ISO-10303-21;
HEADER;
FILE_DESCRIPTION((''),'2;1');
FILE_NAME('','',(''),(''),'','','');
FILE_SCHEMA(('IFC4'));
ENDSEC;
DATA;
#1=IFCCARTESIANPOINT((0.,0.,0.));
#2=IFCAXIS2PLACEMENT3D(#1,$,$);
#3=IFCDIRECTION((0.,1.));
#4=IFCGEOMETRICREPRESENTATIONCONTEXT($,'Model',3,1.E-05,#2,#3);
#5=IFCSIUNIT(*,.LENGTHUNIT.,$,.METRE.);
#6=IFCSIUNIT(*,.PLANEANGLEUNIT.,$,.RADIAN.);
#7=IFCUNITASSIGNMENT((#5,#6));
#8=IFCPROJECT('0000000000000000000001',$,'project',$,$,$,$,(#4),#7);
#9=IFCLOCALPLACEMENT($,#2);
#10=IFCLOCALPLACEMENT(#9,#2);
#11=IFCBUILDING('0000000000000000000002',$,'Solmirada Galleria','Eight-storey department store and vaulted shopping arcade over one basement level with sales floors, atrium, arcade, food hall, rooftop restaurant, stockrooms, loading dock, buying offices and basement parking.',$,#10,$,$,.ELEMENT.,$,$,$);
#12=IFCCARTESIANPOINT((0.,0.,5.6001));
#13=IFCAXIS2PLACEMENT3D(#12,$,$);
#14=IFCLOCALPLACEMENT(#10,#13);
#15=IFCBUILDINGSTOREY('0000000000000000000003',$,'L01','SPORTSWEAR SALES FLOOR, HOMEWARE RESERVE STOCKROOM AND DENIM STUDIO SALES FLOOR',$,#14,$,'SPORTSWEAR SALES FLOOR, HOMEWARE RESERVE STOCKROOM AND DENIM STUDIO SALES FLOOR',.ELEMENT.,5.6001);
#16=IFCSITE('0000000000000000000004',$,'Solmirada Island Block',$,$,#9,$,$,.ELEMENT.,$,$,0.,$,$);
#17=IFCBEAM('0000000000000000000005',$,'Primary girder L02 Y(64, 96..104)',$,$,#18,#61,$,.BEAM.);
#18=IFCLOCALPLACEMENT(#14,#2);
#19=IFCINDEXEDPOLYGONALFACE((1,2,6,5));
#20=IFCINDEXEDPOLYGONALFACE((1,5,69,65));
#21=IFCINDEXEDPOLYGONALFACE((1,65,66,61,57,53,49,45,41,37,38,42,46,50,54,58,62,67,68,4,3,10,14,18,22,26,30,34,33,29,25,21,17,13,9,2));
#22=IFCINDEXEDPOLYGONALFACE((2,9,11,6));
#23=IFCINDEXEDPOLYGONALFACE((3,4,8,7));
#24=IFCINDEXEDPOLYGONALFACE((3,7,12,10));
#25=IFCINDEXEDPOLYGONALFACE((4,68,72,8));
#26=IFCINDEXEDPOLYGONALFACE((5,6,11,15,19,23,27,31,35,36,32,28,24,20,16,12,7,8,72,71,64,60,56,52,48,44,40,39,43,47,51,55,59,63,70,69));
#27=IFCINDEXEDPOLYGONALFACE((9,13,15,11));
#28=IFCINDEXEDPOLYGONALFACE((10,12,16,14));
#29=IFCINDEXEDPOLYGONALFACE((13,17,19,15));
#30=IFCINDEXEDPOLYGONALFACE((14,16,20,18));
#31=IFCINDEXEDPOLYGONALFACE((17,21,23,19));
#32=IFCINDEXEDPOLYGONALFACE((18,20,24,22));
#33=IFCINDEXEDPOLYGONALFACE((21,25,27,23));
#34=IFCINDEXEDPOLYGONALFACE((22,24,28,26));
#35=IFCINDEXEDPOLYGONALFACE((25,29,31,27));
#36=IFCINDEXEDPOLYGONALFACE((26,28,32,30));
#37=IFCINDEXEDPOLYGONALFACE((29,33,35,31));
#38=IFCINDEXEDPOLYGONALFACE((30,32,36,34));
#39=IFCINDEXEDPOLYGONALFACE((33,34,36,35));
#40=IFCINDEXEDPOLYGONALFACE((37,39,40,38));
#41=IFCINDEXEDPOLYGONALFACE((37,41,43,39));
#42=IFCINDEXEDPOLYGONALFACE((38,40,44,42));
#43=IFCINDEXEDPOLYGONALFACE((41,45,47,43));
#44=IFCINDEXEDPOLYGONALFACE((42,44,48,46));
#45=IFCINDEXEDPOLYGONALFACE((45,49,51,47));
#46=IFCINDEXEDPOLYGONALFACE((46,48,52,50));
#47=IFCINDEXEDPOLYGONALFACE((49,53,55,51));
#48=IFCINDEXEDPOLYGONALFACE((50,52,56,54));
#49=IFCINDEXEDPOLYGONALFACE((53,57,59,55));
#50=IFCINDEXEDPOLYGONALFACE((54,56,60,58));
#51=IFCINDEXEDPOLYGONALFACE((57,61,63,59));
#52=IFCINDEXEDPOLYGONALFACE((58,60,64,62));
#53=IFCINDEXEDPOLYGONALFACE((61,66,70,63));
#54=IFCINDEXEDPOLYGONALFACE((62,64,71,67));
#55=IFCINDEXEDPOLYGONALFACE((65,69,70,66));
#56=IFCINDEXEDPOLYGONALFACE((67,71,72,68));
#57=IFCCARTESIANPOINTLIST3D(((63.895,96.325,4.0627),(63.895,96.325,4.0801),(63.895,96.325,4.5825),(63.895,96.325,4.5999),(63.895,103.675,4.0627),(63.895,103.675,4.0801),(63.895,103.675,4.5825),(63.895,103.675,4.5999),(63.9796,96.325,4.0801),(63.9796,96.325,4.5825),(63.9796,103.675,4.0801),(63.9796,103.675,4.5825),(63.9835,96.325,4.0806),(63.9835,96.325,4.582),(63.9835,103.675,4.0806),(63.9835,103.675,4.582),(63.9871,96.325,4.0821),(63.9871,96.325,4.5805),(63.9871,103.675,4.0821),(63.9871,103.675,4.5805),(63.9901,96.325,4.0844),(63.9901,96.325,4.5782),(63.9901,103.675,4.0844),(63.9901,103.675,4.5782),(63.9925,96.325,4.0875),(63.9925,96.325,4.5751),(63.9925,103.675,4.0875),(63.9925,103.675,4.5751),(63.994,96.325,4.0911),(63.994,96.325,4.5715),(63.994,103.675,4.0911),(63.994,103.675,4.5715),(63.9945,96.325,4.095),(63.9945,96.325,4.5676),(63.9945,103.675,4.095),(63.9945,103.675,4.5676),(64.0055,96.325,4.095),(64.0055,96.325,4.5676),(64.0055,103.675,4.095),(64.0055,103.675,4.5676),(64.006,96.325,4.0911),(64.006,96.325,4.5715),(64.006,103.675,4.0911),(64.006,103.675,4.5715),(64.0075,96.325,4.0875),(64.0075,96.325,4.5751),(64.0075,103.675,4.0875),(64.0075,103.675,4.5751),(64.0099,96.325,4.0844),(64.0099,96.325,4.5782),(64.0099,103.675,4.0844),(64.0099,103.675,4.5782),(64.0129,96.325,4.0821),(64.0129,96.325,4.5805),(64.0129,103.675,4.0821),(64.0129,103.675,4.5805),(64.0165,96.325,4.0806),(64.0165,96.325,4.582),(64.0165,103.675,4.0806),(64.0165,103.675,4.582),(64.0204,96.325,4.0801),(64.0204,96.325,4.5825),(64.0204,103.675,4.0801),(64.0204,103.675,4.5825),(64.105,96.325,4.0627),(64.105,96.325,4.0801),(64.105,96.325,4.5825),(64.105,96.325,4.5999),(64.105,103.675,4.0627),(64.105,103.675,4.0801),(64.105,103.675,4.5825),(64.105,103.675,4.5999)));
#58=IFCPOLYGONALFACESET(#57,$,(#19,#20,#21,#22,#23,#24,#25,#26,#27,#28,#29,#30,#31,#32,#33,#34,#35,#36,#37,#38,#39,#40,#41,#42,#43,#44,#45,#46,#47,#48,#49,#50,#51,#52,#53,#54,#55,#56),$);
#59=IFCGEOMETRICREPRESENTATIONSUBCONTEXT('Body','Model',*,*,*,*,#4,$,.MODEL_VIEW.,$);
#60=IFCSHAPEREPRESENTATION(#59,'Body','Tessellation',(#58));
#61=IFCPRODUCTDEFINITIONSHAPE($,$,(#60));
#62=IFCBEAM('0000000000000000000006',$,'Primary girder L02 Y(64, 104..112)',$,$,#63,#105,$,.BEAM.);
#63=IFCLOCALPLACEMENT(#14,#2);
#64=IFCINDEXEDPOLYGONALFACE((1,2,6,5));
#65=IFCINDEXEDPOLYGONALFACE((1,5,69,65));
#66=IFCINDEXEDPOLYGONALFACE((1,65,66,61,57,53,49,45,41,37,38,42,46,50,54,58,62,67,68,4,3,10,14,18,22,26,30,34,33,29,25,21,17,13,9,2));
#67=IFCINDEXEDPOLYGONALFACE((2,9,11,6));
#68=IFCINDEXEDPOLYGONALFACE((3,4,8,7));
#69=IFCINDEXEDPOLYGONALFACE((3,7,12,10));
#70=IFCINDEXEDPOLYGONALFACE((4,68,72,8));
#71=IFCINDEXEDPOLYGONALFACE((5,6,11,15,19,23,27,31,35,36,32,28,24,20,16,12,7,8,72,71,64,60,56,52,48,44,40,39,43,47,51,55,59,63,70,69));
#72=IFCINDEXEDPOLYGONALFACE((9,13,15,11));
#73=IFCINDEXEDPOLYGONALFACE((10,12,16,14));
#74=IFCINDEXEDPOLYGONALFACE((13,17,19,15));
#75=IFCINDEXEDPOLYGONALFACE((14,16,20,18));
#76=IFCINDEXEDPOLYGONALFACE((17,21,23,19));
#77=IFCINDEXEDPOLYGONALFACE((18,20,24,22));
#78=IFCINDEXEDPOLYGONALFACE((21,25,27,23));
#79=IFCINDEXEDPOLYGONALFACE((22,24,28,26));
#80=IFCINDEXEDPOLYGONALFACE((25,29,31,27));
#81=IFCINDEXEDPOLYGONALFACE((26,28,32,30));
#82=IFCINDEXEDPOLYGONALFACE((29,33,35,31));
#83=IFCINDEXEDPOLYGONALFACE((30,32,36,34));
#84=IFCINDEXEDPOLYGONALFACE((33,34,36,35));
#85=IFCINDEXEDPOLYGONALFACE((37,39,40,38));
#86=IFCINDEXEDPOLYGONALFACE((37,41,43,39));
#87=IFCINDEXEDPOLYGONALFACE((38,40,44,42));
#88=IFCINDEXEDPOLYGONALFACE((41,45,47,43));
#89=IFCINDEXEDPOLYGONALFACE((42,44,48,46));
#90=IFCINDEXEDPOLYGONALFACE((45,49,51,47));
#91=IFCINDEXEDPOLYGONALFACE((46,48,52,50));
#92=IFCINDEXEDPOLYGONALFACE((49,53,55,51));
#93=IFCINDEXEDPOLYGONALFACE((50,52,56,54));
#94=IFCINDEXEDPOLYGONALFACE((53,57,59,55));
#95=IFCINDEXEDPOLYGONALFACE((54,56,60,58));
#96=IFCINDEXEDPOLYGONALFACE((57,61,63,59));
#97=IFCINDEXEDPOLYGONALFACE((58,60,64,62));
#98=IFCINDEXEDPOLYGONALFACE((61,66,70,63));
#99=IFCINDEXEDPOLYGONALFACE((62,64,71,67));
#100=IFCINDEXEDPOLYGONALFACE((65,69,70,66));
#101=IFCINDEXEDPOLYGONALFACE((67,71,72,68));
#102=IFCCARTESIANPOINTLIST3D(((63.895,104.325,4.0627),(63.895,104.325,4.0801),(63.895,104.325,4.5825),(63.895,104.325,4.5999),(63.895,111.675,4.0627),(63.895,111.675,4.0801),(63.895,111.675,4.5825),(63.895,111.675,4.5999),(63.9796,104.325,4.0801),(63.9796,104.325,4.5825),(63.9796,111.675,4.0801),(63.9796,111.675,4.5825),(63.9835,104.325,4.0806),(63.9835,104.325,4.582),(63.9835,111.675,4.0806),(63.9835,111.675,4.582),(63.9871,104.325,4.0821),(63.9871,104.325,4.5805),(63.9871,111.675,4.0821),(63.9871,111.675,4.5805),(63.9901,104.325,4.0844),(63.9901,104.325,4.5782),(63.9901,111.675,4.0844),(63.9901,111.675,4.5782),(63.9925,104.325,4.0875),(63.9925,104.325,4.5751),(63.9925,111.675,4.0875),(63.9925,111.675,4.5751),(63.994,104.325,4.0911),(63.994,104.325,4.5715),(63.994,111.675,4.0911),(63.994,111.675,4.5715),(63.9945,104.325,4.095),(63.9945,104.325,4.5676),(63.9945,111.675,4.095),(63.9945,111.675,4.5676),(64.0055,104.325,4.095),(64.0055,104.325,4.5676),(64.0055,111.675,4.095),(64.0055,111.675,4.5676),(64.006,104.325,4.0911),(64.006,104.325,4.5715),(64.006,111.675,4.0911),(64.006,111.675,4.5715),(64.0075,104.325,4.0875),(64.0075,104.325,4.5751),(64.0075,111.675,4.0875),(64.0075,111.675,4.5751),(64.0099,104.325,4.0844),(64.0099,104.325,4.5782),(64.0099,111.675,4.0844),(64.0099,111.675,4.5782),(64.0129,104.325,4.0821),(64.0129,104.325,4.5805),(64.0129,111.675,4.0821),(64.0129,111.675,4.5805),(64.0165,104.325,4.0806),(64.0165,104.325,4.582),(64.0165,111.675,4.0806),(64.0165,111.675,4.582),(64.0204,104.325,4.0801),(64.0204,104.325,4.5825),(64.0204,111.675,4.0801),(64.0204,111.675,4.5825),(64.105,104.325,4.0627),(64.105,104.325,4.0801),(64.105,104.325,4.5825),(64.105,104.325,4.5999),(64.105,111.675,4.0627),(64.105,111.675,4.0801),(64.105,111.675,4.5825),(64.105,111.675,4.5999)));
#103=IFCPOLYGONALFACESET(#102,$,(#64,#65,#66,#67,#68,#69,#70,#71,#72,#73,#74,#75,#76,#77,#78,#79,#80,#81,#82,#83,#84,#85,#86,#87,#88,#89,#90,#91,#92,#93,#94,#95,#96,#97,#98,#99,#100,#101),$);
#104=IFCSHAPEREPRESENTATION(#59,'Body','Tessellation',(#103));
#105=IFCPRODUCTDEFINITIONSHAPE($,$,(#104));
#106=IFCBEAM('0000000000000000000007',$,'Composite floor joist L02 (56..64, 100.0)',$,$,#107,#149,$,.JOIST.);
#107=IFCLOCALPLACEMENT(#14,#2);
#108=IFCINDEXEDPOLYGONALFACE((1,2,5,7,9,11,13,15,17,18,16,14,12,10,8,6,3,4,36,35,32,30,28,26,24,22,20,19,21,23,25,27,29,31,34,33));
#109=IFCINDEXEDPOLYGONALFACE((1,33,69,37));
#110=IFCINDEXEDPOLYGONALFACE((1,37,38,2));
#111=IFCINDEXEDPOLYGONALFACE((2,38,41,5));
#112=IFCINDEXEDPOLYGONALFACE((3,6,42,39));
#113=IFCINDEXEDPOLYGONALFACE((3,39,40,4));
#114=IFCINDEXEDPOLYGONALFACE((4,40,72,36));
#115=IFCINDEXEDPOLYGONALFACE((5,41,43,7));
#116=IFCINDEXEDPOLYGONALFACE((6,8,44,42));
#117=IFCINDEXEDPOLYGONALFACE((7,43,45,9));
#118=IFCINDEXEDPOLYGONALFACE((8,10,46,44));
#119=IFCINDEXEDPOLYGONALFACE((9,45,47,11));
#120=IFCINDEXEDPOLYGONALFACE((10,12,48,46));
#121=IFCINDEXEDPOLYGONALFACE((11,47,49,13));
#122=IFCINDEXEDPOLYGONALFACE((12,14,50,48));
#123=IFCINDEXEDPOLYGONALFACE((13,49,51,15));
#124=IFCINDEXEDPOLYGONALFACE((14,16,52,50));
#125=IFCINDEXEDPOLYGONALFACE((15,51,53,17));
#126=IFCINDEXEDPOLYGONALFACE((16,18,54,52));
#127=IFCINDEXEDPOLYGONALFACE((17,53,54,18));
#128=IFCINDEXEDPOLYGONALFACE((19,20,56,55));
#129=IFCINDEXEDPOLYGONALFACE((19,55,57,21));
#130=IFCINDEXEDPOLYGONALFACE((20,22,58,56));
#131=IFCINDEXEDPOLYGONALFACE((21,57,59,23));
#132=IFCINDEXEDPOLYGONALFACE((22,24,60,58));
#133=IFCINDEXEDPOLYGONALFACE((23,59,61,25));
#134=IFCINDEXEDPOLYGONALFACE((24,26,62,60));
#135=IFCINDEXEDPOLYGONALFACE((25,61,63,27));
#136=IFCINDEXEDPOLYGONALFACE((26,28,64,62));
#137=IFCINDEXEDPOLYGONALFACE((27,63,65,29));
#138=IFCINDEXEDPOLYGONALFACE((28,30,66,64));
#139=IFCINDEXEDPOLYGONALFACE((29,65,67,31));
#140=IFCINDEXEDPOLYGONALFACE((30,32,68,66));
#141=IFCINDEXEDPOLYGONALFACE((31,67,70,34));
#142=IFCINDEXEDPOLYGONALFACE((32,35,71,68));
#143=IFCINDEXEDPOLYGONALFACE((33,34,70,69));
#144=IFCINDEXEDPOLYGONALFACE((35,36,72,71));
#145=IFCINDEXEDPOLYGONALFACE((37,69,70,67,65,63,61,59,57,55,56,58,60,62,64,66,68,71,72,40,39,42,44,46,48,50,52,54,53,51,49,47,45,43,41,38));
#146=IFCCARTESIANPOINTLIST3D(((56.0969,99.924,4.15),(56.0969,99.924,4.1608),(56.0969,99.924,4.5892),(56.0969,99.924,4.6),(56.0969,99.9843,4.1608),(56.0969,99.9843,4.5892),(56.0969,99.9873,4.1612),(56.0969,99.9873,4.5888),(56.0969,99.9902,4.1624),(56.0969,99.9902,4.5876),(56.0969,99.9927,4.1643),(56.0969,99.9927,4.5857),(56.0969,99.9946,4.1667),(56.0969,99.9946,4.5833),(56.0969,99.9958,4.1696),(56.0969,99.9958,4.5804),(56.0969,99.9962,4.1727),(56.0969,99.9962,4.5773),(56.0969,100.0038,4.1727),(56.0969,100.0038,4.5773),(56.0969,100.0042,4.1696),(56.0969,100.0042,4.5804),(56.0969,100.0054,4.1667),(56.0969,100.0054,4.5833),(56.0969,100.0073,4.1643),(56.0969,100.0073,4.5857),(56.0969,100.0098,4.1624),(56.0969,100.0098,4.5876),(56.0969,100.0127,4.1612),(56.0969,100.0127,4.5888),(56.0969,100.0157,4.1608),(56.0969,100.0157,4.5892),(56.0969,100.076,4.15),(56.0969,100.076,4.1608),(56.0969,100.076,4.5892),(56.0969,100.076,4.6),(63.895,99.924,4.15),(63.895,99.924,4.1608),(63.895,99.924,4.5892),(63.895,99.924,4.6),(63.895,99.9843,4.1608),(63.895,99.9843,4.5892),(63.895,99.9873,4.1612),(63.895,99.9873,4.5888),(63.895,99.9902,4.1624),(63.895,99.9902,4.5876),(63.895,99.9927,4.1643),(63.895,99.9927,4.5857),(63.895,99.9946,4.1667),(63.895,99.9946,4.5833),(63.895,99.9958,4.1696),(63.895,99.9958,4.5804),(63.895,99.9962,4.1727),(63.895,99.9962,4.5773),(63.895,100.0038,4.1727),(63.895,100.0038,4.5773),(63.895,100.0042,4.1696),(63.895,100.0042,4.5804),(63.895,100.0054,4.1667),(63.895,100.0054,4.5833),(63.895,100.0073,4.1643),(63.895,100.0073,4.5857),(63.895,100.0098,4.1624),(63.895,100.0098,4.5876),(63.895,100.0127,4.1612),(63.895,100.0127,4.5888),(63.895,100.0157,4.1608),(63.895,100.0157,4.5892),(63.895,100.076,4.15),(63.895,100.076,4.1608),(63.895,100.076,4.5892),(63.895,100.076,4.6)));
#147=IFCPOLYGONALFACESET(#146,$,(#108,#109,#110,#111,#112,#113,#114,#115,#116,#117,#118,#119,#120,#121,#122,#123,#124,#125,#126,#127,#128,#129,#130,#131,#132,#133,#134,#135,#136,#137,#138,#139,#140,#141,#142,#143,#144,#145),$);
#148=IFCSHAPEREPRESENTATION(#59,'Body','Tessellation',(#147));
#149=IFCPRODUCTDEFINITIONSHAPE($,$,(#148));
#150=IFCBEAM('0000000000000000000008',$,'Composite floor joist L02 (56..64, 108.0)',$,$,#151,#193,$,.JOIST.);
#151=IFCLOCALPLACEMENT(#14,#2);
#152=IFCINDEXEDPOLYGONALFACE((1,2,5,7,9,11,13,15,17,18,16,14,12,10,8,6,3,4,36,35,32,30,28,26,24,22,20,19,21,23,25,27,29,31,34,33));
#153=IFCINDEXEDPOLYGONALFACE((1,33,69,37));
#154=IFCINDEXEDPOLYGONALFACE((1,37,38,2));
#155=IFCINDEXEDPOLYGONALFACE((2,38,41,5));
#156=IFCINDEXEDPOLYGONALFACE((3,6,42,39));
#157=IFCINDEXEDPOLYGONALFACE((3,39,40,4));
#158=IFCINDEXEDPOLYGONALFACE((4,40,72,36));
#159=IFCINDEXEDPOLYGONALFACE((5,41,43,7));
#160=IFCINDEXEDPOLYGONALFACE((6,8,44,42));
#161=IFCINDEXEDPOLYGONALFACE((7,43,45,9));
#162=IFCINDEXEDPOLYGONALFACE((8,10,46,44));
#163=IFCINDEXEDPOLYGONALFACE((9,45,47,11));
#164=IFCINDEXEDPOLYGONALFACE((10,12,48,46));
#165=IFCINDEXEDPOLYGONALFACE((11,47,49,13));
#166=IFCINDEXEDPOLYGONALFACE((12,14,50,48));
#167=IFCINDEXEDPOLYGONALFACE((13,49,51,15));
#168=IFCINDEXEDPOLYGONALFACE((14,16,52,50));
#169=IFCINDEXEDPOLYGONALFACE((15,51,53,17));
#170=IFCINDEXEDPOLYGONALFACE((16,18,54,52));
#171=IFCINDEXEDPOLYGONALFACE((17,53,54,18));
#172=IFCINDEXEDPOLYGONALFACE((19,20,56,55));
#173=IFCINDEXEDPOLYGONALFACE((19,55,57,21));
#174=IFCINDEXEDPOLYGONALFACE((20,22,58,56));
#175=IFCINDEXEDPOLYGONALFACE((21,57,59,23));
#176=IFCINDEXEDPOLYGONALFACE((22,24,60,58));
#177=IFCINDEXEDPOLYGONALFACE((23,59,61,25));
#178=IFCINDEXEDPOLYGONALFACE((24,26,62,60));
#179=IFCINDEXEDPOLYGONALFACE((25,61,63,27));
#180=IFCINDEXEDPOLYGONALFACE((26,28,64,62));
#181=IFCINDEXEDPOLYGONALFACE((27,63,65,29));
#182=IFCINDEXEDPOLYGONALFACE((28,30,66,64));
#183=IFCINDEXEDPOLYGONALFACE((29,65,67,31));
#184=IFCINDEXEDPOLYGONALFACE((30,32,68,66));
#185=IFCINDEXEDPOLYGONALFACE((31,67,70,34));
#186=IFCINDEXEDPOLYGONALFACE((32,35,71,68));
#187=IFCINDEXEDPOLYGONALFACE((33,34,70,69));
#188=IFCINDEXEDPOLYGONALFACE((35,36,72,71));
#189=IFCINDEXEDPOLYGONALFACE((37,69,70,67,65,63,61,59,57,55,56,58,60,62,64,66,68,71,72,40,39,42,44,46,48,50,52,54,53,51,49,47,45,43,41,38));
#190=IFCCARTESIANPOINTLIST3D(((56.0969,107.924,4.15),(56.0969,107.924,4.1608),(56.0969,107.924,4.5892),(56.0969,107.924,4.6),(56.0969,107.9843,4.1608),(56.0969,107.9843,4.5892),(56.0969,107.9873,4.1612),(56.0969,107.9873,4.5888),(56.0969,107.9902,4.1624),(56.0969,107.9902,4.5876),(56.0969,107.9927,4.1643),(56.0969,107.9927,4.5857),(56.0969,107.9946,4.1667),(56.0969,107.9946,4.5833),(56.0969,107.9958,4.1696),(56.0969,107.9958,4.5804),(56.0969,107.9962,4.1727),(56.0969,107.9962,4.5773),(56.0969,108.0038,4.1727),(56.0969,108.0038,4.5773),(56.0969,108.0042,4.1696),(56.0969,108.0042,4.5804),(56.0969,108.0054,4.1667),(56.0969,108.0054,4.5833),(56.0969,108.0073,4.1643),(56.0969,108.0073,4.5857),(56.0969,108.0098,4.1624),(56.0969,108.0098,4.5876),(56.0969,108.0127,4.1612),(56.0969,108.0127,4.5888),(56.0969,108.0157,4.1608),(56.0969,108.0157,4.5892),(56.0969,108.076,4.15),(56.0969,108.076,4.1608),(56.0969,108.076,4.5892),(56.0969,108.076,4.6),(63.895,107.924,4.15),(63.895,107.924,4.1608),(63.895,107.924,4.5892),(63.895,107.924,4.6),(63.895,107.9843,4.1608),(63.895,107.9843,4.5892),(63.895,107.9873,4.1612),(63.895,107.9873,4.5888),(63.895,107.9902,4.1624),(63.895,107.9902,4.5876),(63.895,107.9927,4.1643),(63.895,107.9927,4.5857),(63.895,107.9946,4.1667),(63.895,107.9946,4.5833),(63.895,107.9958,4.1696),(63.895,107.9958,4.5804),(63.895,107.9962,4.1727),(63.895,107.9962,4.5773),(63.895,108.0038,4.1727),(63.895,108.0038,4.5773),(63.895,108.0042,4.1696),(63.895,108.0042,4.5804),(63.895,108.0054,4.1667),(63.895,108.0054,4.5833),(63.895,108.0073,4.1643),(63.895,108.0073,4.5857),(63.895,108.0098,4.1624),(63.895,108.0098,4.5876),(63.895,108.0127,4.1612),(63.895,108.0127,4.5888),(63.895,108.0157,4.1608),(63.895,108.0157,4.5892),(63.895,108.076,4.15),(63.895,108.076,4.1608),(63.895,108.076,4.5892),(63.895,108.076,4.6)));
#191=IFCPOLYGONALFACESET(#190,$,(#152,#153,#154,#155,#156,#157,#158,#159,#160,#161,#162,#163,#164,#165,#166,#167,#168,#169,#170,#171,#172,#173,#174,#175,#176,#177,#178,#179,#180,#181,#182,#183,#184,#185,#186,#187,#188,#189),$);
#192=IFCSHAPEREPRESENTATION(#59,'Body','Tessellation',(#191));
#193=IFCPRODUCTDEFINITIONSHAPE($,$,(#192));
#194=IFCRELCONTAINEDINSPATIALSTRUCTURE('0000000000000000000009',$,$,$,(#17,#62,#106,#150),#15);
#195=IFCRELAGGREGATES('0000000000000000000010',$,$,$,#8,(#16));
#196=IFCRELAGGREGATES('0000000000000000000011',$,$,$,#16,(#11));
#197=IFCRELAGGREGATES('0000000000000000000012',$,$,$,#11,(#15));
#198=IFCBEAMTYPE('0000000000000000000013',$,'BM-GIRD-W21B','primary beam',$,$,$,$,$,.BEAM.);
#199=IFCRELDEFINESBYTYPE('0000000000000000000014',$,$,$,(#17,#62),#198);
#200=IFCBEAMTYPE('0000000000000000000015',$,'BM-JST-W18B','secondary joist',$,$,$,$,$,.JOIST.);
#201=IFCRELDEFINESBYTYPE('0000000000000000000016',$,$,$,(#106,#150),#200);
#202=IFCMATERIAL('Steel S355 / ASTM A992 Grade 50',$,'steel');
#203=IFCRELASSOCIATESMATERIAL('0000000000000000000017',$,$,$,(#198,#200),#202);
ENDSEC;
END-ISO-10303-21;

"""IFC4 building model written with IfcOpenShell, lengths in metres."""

from ifc_helpers import new_model, si_unit, direction, frame, origin, origin_2d, place, context, subcontext, project, spatial, i_section, extrude, material, material_profile, profile_set, type_object, element, save


model = new_model("IFC4")

# Units and contexts
model_context = context("Model", 3, precision=1e-05, world=origin(), true_north=direction((0.0, 1.0)))
body_context = subcontext(model_context, "Body", "Model", "MODEL_VIEW")
ifc_project = project(units=[si_unit("LENGTHUNIT", "METRE"), si_unit("PLANEANGLEUNIT", "RADIAN")], contexts=[model_context])

# Site, building, storey
site_placement = place(None, origin())
site = spatial("IfcSite", under=ifc_project, at=site_placement, Name="Solmirada Island Block", CompositionType="ELEMENT", RefElevation=0.0)
building_placement = place(site_placement, origin())
building = spatial("IfcBuilding", under=site, at=building_placement, Name="Solmirada Galleria", Description="Eight-storey department store and vaulted shopping arcade over one basement level with sales floors, atrium, arcade, food hall, rooftop restaurant, stockrooms, loading dock, buying offices and basement parking.", CompositionType="ELEMENT")
storey_placement = place(building_placement, frame((0.0, 0.0, 5.6001)))
storey = spatial("IfcBuildingStorey", under=building, at=storey_placement, Name="L01", Description="SPORTSWEAR SALES FLOOR, HOMEWARE RESERVE STOCKROOM AND DENIM STUDIO SALES FLOOR", LongName="SPORTSWEAR SALES FLOOR, HOMEWARE RESERVE STOCKROOM AND DENIM STUDIO SALES FLOOR", CompositionType="ELEMENT", Elevation=5.6001)

# Beams
ifc_material_1 = material(Name="Steel S355 / ASTM A992 Grade 50", Category="steel")
ifc_material_profile_1 = material_profile(ifc_material_1, i_section(OverallWidth=0.21, OverallDepth=0.5371, WebThickness=0.011, FlangeThickness=0.0173, FilletRadius=0.0149, at=origin_2d()), Name="W21X68")
ifc_profile_set_1 = profile_set([ifc_material_profile_1], Name="Steel S355 / ASTM A992 Grade 50")
beam_type_1 = type_object("IfcBeamType", Name="BM-GIRD-W21B", Description="primary beam", PredefinedType="BEAM", material=ifc_profile_set_1)
for number, where, z_axis, x_axis, name in (
    (1, (64.0, 96.325, 4.3313), (0.0, 1.0, 0.0), (-1.0, 0.0, 0.0), "Primary girder L02 Y(64, 96..104)"),
    (2, (64.0, 104.325, 4.3313), (0.0, 1.0, 0.0), (-1.0, 0.0, 0.0), "Primary girder L02 Y(64, 104..112)"),
):
    element("IfcBeam", number, at=place(storey_placement, frame(where, z_axis=z_axis, x_axis=x_axis)), inside=storey, type_object=beam_type_1, Name=name, PredefinedType="BEAM", context=body_context, shape_type="SweptSolid", body=[
        extrude(i_section(OverallWidth=0.21, OverallDepth=0.5371, WebThickness=0.011, FlangeThickness=0.0173, FilletRadius=0.0149, at=origin_2d()), origin(), (0.0, 0.0, 1.0), 7.3501),
    ])
ifc_material_profile_2 = material_profile(ifc_material_1, i_section(OverallWidth=0.1521, OverallDepth=0.45, WebThickness=0.0076, FlangeThickness=0.0107, FilletRadius=0.012, at=origin_2d()), Name="W18X35")
ifc_profile_set_2 = profile_set([ifc_material_profile_2], Name="Steel S355 / ASTM A992 Grade 50")
beam_type_2 = type_object("IfcBeamType", Name="BM-JST-W18B", Description="secondary joist", PredefinedType="JOIST", material=ifc_profile_set_2)
for number, where, z_axis, x_axis, name in (
    (3, (56.0969, 100.0, 4.375), (1.0, 0.0, 0.0), (0.0, 1.0, 0.0), "Composite floor joist L02 (56..64, 100.0)"),
    (4, (56.0969, 108.0, 4.375), (1.0, 0.0, 0.0), (0.0, 1.0, 0.0), "Composite floor joist L02 (56..64, 108.0)"),
):
    element("IfcBeam", number, at=place(storey_placement, frame(where, z_axis=z_axis, x_axis=x_axis)), inside=storey, type_object=beam_type_2, Name=name, PredefinedType="JOIST", context=body_context, shape_type="SweptSolid", body=[
        extrude(i_section(OverallWidth=0.1521, OverallDepth=0.45, WebThickness=0.0076, FlangeThickness=0.0107, FilletRadius=0.012, at=origin_2d()), origin(), (0.0, 0.0, 1.0), 7.7981),
    ])

save(model, "model.ifc")
